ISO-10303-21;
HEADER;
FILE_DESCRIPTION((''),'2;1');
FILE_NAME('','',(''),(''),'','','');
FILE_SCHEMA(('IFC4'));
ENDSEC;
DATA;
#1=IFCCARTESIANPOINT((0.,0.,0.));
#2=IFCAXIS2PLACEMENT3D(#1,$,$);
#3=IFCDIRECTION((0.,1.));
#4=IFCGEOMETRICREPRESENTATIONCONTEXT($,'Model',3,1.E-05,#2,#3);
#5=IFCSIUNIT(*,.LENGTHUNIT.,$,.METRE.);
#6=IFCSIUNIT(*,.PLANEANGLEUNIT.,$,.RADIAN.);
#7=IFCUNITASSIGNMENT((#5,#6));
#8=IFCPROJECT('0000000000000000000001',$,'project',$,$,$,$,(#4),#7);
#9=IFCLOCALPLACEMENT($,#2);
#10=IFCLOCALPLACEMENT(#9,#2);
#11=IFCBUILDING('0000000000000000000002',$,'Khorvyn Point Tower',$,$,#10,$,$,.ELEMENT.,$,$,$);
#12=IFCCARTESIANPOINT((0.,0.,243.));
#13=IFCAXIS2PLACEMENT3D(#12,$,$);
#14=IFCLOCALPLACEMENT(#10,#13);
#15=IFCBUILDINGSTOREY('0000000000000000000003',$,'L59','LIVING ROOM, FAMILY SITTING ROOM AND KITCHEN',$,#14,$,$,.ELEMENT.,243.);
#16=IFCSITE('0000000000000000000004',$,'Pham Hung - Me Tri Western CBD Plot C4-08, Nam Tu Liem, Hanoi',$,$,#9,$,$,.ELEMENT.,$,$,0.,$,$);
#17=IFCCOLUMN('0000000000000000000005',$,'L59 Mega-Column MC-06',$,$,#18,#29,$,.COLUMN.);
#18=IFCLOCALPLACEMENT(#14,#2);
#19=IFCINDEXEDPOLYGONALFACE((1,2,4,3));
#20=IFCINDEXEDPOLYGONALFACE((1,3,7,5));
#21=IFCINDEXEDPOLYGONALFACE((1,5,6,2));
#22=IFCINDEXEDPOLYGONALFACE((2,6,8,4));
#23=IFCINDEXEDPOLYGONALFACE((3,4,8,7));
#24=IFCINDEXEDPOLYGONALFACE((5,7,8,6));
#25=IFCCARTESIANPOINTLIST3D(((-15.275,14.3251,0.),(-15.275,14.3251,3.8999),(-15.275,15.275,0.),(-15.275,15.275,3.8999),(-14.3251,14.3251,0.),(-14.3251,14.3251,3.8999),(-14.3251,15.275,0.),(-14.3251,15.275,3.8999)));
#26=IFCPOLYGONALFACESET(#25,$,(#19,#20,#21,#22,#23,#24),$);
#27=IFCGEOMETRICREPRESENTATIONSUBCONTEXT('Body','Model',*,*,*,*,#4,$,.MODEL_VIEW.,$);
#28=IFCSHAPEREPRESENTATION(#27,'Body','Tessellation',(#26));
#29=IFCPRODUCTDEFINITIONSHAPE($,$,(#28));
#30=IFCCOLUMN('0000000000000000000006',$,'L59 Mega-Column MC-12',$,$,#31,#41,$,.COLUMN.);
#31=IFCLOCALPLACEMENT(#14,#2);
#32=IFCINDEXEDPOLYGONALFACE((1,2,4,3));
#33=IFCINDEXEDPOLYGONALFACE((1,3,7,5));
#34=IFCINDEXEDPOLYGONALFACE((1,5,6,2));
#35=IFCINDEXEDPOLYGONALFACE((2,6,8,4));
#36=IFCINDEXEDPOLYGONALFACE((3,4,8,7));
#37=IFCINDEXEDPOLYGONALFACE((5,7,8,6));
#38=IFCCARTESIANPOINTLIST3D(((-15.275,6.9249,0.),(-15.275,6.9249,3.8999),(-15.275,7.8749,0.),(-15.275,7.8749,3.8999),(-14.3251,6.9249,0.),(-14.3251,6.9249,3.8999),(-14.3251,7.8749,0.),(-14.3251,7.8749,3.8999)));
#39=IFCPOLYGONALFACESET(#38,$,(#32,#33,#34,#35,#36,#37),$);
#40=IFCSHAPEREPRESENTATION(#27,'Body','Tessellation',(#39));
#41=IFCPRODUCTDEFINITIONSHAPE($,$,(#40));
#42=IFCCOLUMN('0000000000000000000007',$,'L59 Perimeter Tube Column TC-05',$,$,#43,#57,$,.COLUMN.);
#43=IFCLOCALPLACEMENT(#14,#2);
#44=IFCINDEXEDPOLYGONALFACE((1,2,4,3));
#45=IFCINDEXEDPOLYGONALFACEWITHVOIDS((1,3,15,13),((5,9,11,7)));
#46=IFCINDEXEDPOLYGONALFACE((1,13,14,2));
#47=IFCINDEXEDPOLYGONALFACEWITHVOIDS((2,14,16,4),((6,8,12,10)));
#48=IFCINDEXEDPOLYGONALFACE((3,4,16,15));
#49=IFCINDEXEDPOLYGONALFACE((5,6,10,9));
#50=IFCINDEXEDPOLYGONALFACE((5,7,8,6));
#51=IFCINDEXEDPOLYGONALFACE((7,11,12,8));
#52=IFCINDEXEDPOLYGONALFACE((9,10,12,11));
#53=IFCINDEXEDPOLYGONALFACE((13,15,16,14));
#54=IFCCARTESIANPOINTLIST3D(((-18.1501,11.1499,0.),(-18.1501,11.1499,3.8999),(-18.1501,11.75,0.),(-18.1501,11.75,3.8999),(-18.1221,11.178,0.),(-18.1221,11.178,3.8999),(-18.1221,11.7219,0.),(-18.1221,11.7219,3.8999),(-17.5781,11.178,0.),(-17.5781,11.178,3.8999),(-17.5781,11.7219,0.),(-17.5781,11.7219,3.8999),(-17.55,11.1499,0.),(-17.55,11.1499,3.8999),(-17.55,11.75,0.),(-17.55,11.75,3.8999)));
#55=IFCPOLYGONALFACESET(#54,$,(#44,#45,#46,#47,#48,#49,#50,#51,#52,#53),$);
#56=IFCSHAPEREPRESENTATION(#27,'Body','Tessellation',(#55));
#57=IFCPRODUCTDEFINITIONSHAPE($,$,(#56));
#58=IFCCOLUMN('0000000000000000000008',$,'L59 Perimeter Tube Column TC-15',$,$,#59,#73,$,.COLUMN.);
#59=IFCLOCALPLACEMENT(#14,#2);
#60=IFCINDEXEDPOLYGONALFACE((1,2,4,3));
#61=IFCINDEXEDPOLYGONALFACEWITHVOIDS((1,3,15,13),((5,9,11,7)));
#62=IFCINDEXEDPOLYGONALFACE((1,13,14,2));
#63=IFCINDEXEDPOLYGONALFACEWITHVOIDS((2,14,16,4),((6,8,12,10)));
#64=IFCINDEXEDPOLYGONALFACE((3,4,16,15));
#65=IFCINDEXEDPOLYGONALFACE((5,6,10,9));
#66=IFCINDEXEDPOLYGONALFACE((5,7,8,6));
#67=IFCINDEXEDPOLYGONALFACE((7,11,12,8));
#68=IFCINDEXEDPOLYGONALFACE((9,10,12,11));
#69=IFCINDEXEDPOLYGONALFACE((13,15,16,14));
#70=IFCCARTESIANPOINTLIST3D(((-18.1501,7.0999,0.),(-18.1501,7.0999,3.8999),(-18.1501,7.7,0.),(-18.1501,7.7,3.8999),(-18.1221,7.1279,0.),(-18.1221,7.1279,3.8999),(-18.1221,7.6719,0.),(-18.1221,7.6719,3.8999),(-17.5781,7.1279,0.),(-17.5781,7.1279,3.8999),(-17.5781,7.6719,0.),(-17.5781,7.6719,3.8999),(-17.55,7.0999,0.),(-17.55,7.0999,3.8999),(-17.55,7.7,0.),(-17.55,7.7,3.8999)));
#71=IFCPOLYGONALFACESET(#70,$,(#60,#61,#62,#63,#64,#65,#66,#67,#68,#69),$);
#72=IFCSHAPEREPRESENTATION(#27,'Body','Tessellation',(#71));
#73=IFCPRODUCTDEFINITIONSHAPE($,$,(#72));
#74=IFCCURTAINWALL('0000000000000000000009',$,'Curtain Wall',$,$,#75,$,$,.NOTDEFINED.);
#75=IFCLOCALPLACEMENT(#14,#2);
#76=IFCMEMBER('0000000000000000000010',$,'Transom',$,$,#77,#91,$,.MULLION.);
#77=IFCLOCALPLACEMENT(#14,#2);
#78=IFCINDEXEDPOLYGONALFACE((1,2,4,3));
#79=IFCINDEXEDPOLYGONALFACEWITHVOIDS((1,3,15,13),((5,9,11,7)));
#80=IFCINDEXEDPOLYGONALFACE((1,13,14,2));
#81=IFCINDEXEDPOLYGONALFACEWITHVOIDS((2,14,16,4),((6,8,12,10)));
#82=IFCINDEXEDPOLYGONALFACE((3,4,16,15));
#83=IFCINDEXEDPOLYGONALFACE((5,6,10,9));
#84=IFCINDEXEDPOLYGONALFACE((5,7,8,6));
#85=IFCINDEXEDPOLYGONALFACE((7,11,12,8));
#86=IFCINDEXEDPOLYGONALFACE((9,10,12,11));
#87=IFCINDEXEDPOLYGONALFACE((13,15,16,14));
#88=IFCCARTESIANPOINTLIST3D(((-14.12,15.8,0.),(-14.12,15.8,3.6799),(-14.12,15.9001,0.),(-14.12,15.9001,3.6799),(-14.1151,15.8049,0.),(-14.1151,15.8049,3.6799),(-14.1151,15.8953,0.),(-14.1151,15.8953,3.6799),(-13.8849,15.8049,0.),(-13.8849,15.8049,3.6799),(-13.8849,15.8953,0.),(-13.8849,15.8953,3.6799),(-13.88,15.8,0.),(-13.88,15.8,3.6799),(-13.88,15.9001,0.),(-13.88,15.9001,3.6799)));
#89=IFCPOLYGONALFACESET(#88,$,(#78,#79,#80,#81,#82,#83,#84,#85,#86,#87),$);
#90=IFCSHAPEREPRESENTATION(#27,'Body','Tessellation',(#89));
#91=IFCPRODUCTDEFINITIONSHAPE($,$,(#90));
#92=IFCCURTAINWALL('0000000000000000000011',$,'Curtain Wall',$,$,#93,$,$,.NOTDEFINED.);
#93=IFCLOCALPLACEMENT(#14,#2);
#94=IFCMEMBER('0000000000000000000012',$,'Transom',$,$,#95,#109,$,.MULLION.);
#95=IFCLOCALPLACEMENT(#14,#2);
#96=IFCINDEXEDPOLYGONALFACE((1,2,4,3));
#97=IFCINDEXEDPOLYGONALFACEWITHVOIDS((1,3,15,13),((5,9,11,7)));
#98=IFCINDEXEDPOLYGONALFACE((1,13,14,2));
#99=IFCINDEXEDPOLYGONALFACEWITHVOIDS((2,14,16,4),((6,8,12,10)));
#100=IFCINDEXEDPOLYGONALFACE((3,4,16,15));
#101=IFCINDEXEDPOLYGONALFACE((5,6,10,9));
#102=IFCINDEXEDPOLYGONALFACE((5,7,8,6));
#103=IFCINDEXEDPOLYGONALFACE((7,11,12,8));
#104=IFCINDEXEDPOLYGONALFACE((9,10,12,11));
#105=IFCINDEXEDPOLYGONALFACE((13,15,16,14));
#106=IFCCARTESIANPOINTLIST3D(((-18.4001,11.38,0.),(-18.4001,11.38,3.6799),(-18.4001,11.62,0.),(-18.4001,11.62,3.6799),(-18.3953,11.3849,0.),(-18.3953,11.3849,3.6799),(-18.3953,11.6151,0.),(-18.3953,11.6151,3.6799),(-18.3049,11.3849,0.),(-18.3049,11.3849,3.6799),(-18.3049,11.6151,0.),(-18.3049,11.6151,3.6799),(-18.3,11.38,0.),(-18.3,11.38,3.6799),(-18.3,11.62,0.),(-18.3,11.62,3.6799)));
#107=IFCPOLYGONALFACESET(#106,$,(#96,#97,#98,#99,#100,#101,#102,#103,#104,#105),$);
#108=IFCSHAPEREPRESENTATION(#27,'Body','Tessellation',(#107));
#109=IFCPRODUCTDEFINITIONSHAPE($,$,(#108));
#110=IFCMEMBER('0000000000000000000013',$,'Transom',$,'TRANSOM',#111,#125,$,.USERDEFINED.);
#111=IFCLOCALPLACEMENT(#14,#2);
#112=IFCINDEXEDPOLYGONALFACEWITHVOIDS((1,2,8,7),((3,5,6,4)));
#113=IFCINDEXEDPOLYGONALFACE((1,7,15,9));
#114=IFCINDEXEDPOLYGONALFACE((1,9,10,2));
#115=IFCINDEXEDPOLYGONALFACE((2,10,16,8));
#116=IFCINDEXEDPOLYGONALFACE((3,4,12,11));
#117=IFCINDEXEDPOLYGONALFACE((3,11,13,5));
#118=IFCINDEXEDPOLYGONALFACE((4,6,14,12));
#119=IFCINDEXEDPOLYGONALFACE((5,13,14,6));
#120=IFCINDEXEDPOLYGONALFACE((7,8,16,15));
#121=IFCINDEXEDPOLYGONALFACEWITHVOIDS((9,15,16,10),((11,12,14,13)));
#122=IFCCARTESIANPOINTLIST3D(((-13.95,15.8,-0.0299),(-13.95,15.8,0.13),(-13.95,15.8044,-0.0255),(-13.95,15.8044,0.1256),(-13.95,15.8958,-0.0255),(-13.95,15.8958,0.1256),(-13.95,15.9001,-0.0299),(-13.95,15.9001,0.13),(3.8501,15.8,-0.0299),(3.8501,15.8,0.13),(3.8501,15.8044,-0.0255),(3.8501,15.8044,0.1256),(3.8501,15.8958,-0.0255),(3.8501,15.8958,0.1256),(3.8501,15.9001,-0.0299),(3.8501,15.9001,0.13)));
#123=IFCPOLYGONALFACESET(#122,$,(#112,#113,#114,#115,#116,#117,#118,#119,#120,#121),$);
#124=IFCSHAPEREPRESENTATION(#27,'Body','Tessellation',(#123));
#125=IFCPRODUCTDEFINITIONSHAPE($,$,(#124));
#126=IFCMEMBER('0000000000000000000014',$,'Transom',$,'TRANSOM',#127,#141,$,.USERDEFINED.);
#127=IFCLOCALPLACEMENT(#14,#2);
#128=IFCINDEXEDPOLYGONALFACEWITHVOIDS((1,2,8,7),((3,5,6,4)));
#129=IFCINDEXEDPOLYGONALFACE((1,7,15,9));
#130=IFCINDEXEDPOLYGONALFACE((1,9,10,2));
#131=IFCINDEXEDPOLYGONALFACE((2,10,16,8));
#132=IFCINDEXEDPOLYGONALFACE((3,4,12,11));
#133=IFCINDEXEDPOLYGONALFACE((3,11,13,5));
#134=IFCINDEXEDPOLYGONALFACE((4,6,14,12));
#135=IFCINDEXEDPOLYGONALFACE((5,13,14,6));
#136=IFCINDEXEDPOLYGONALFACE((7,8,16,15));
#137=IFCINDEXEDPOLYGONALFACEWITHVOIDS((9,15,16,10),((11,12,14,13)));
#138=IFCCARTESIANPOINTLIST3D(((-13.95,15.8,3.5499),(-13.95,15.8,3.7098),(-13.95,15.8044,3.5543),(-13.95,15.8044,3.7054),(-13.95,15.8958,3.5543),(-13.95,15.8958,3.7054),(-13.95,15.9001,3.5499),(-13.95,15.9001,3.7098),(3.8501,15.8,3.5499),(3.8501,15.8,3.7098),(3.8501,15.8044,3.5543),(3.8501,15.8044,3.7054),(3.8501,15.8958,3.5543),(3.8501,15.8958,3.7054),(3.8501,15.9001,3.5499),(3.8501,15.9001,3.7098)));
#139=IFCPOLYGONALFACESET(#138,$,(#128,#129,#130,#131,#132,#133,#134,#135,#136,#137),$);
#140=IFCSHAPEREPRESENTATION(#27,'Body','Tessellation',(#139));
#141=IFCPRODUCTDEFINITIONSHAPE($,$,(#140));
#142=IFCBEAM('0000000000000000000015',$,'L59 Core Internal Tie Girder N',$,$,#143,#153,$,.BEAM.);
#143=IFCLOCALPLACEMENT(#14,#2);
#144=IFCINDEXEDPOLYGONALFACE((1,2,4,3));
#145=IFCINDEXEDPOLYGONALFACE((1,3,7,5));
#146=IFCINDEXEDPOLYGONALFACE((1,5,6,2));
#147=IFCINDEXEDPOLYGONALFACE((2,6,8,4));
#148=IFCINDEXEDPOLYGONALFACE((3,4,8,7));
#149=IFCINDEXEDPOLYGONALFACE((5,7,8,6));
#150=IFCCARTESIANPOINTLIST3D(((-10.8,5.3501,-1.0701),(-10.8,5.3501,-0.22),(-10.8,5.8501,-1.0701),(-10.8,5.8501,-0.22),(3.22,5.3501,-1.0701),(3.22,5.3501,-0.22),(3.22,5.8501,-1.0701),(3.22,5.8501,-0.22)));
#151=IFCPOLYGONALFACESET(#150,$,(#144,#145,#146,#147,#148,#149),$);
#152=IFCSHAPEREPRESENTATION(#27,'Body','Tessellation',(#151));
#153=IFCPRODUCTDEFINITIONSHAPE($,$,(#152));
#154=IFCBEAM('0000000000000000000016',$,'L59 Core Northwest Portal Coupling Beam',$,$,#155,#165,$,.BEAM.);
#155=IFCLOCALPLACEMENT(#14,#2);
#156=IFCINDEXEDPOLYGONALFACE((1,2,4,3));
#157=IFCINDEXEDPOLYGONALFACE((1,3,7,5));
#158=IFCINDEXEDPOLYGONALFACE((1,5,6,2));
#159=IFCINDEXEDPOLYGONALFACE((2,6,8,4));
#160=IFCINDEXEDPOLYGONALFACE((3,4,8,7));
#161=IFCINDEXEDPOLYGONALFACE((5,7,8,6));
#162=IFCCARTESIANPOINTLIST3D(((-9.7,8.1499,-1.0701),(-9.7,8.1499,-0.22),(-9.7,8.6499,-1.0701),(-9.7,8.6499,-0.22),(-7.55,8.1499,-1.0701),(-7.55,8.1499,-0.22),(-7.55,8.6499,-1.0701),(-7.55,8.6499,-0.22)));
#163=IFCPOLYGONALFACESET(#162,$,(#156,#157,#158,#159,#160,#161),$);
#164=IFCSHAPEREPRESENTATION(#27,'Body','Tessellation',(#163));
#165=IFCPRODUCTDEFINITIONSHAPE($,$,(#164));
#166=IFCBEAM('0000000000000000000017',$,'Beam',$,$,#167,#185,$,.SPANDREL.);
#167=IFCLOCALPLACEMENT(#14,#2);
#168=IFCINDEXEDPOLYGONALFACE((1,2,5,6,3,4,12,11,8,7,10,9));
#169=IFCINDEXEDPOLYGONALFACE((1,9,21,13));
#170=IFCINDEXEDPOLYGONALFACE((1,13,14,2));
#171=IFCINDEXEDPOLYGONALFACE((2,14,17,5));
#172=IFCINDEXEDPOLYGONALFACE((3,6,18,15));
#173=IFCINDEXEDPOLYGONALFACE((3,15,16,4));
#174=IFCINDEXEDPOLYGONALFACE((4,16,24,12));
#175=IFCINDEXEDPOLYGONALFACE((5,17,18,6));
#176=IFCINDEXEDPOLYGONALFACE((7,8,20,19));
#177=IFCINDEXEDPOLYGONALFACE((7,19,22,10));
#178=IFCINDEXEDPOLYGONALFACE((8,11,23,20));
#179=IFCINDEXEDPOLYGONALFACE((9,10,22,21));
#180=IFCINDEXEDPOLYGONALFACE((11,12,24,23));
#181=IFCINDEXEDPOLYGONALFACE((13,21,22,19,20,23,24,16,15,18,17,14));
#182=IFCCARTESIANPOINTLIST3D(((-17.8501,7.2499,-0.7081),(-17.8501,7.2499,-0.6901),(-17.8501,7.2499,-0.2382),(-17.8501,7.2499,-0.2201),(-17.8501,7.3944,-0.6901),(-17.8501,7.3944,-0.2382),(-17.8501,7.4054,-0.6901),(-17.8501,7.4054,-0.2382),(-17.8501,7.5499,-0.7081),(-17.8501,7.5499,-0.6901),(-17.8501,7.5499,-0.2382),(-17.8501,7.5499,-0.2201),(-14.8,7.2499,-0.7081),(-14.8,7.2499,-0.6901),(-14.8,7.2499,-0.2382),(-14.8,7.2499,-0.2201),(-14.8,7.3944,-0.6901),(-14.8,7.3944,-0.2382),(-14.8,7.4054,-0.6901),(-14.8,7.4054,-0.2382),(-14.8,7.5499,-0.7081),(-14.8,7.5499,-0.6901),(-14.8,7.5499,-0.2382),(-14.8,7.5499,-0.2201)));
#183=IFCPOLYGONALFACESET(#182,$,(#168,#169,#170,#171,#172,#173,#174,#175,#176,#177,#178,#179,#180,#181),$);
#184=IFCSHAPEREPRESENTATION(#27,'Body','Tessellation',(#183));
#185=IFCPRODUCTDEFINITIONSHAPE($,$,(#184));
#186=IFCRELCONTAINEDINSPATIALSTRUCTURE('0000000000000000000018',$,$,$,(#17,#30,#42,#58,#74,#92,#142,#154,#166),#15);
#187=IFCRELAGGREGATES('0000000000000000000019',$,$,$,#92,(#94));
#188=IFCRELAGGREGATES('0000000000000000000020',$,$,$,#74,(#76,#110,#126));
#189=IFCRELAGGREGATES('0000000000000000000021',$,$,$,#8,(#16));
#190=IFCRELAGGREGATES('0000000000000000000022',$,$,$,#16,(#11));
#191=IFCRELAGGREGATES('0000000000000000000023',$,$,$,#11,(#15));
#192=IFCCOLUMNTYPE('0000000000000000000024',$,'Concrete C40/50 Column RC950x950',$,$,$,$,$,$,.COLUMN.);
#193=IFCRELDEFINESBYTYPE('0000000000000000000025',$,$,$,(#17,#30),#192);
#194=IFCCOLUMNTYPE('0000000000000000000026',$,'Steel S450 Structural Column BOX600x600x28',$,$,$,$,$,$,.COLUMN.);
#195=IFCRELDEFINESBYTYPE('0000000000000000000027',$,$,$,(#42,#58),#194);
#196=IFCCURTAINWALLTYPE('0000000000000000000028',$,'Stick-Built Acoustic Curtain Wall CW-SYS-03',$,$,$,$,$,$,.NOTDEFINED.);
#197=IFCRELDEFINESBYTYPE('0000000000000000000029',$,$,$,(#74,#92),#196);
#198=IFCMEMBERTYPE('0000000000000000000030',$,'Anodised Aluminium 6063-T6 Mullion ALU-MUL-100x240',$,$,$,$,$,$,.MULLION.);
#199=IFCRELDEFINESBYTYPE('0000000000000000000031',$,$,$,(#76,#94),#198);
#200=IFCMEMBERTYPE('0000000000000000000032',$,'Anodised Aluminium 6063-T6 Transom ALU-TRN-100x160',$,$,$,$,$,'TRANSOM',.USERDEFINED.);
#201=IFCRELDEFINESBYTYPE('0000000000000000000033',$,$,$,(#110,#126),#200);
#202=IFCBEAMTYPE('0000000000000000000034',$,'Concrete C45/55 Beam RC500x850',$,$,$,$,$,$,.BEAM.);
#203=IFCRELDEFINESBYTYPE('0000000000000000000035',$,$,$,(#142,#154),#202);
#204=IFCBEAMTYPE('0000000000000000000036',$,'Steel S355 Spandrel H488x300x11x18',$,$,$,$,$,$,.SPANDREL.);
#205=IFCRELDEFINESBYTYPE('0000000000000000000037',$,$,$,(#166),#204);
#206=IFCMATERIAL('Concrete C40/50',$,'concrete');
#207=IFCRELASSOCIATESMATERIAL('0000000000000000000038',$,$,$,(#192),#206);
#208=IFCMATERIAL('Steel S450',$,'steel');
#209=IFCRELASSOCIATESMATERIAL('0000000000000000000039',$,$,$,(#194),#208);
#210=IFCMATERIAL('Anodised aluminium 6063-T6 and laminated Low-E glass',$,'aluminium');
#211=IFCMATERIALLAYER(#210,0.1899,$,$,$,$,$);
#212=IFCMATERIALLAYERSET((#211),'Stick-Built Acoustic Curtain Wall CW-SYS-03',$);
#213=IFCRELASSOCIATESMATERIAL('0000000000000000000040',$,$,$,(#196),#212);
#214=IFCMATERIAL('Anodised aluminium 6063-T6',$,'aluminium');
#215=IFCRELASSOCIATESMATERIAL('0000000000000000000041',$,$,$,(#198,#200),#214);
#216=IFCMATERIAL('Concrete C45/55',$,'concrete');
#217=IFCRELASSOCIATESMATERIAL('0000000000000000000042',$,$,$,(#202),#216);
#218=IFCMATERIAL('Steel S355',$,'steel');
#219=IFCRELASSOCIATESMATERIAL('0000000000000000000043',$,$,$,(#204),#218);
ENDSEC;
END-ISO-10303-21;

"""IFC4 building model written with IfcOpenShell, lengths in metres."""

from ifc_helpers import new_model, si_unit, direction, frame, origin, origin_2d, place, context, subcontext, project, spatial, rectangle, hollow_rectangle, i_section, extrude, material, layer, layer_set, material_profile, profile_set, type_object, element, aggregate, save


model = new_model("IFC4")

# Units and contexts
model_context = context("Model", 3, precision=1e-05, world=origin(), true_north=direction((0.0, 1.0)))
body_context = subcontext(model_context, "Body", "Model", "MODEL_VIEW")
ifc_project = project(units=[si_unit("LENGTHUNIT", "METRE"), si_unit("PLANEANGLEUNIT", "RADIAN")], contexts=[model_context])

# Site, building, storey
site_placement = place(None, origin())
site = spatial("IfcSite", under=ifc_project, at=site_placement, Name="Pham Hung - Me Tri Western CBD Plot C4-08, Nam Tu Liem, Hanoi", CompositionType="ELEMENT", RefElevation=0.0)
building_placement = place(site_placement, origin())
building = spatial("IfcBuilding", under=site, at=building_placement, Name="Khorvyn Point Tower", CompositionType="ELEMENT")
storey_placement = place(building_placement, frame((0.0, 0.0, 243.0)))
storey = spatial("IfcBuildingStorey", under=building, at=storey_placement, Name="L59", Description="LIVING ROOM, FAMILY SITTING ROOM AND KITCHEN", CompositionType="ELEMENT", Elevation=243.0)

# Columns
ifc_material_1 = material(Name="Concrete C40/50", Category="concrete")
ifc_material_profile_1 = material_profile(ifc_material_1, rectangle(XDim=0.95, YDim=0.95, at=origin_2d()))
ifc_profile_set_1 = profile_set([ifc_material_profile_1], Name="Concrete C40/50 RC950x950")
column_type_1 = type_object("IfcColumnType", Name="Concrete C40/50 Column RC950x950", PredefinedType="COLUMN", material=ifc_profile_set_1)
for number, where, z_axis, x_axis, name in (
    (1, (-14.8, 14.8, 0.0), (0.0, 0.0, 1.0), (1.0, 0.0, 0.0), "L59 Mega-Column MC-06"),
    (2, (-14.8, 7.3999, 0.0), (0.0, 0.0, 1.0), (1.0, 0.0, 0.0), "L59 Mega-Column MC-12"),
):
    element("IfcColumn", number, at=place(storey_placement, frame(where, z_axis=z_axis, x_axis=x_axis)), inside=storey, type_object=column_type_1, Name=name, PredefinedType="COLUMN", context=body_context, shape_type="SweptSolid", body=[
        extrude(rectangle(XDim=0.95, YDim=0.95, at=origin_2d()), origin(), (0.0, 0.0, 1.0), 3.8999),
    ])
ifc_material_2 = material(Name="Steel S450", Category="steel")
ifc_material_profile_2 = material_profile(ifc_material_2, hollow_rectangle(XDim=0.6001, YDim=0.6001, WallThickness=0.0281, at=origin_2d()))
ifc_profile_set_2 = profile_set([ifc_material_profile_2], Name="Steel S450 BOX600x600x28")
column_type_2 = type_object("IfcColumnType", Name="Steel S450 Structural Column BOX600x600x28", PredefinedType="COLUMN", material=ifc_profile_set_2)
for number, where, z_axis, x_axis, name in (
    (3, (-17.8501, 11.45, 0.0), (0.0, 0.0, 1.0), (1.0, 0.0, 0.0), "L59 Perimeter Tube Column TC-05"),
    (4, (-17.8501, 7.3999, 0.0), (0.0, 0.0, 1.0), (1.0, 0.0, 0.0), "L59 Perimeter Tube Column TC-15"),
):
    element("IfcColumn", number, at=place(storey_placement, frame(where, z_axis=z_axis, x_axis=x_axis)), inside=storey, type_object=column_type_2, Name=name, PredefinedType="COLUMN", context=body_context, shape_type="SweptSolid", body=[
        extrude(hollow_rectangle(XDim=0.6001, YDim=0.6001, WallThickness=0.0281, at=origin_2d()), origin(), (0.0, 0.0, 1.0), 3.8999),
    ])

# Curtain walls, members
ifc_material_3 = material(Name="Anodised aluminium 6063-T6 and laminated Low-E glass", Category="aluminium")
ifc_layer_1 = layer(ifc_material_3, 0.1899)
ifc_layer_set_1 = layer_set([ifc_layer_1], Name="Stick-Built Acoustic Curtain Wall CW-SYS-03")
curtain_wall_type = type_object("IfcCurtainWallType", Name="Stick-Built Acoustic Curtain Wall CW-SYS-03", PredefinedType="NOTDEFINED", material=ifc_layer_set_1)
curtain_wall_1_placement = place(storey_placement, origin())
curtain_wall_1 = element("IfcCurtainWall", 5, at=curtain_wall_1_placement, inside=storey, type_object=curtain_wall_type, Name="Curtain Wall", PredefinedType="NOTDEFINED")
ifc_material_4 = material(Name="Anodised aluminium 6063-T6", Category="aluminium")
ifc_material_profile_3 = material_profile(ifc_material_4, hollow_rectangle(XDim=0.1001, YDim=0.24, WallThickness=0.0049, at=origin_2d()))
ifc_profile_set_3 = profile_set([ifc_material_profile_3], Name="Anodised aluminium 6063-T6 ALU-MUL-100x240")
member_type_1 = type_object("IfcMemberType", Name="Anodised Aluminium 6063-T6 Mullion ALU-MUL-100x240", PredefinedType="MULLION", material=ifc_profile_set_3)
member_1_placement = place(storey_placement, frame((-14.0, 15.8501, 0.0), z_axis=(0.0, 0.0, 1.0), x_axis=(0.0, 1.0, 0.0)))
member_1 = element("IfcMember", 6, at=member_1_placement, type_object=member_type_1, Name="Transom", PredefinedType="MULLION", context=body_context, shape_type="SweptSolid", body=[
    extrude(hollow_rectangle(XDim=0.1001, YDim=0.24, WallThickness=0.0049, at=origin_2d()), origin(), (0.0, 0.0, 1.0), 3.6799),
])
curtain_wall_2_placement = place(storey_placement, origin())
curtain_wall_2 = element("IfcCurtainWall", 7, at=curtain_wall_2_placement, inside=storey, type_object=curtain_wall_type, Name="Curtain Wall", PredefinedType="NOTDEFINED")
member_2_placement = place(storey_placement, frame((-18.3501, 11.5, 0.0), z_axis=(0.0, 0.0, 1.0), x_axis=(-1.0, 0.0, 0.0)))
member_2 = element("IfcMember", 8, at=member_2_placement, type_object=member_type_1, Name="Transom", PredefinedType="MULLION", context=body_context, shape_type="SweptSolid", body=[
    extrude(hollow_rectangle(XDim=0.1001, YDim=0.24, WallThickness=0.0049, at=origin_2d()), origin(), (0.0, 0.0, 1.0), 3.6799),
])
aggregate(curtain_wall_2, [member_2])

# Members
ifc_material_profile_4 = material_profile(ifc_material_4, hollow_rectangle(XDim=0.1001, YDim=0.1599, WallThickness=0.0044, at=origin_2d()))
ifc_profile_set_4 = profile_set([ifc_material_profile_4], Name="Anodised aluminium 6063-T6 ALU-TRN-100x160")
member_type_2 = type_object("IfcMemberType", Name="Anodised Aluminium 6063-T6 Transom ALU-TRN-100x160", ElementType="TRANSOM", PredefinedType="USERDEFINED", material=ifc_profile_set_4)
member_3_placement = place(storey_placement, frame((-13.95, 15.8501, 0.05), z_axis=(1.0, 0.0, 0.0), x_axis=(0.0, 1.0, 0.0)))
member_3 = element("IfcMember", 9, at=member_3_placement, type_object=member_type_2, Name="Transom", ObjectType="TRANSOM", PredefinedType="USERDEFINED", context=body_context, shape_type="SweptSolid", body=[
    extrude(hollow_rectangle(XDim=0.1001, YDim=0.1599, WallThickness=0.0044, at=origin_2d()), origin(), (0.0, 0.0, 1.0), 17.8),
])
member_4_placement = place(storey_placement, frame((-13.95, 15.8501, 3.6299), z_axis=(1.0, 0.0, 0.0), x_axis=(0.0, 1.0, 0.0)))
member_4 = element("IfcMember", 10, at=member_4_placement, type_object=member_type_2, Name="Transom", ObjectType="TRANSOM", PredefinedType="USERDEFINED", context=body_context, shape_type="SweptSolid", body=[
    extrude(hollow_rectangle(XDim=0.1001, YDim=0.1599, WallThickness=0.0044, at=origin_2d()), origin(), (0.0, 0.0, 1.0), 17.8),
])
aggregate(curtain_wall_1, [member_1, member_3, member_4])

# Beams
ifc_material_5 = material(Name="Concrete C45/55", Category="concrete")
ifc_material_profile_5 = material_profile(ifc_material_5, rectangle(XDim=0.5, YDim=0.8501, at=origin_2d()))
ifc_profile_set_5 = profile_set([ifc_material_profile_5], Name="Concrete C45/55 RC500x850")
beam_type_1 = type_object("IfcBeamType", Name="Concrete C45/55 Beam RC500x850", PredefinedType="BEAM", material=ifc_profile_set_5)
beam_1_placement = place(storey_placement, frame((-10.8, 5.6001, -0.645), z_axis=(1.0, 0.0, 0.0), x_axis=(0.0, 1.0, 0.0)))
element("IfcBeam", 11, at=beam_1_placement, inside=storey, type_object=beam_type_1, Name="L59 Core Internal Tie Girder N", PredefinedType="BEAM", context=body_context, shape_type="SweptSolid", body=[
    extrude(rectangle(XDim=0.5, YDim=0.8501, at=origin_2d()), origin(), (0.0, 0.0, 1.0), 14.02),
])
beam_2_placement = place(storey_placement, frame((-9.7, 8.3999, -0.645), z_axis=(1.0, 0.0, 0.0), x_axis=(0.0, 1.0, 0.0)))
element("IfcBeam", 12, at=beam_2_placement, inside=storey, type_object=beam_type_1, Name="L59 Core Northwest Portal Coupling Beam", PredefinedType="BEAM", context=body_context, shape_type="SweptSolid", body=[
    extrude(rectangle(XDim=0.5, YDim=0.8501, at=origin_2d()), origin(), (0.0, 0.0, 1.0), 2.1499),
])
ifc_material_6 = material(Name="Steel S355", Category="steel")
ifc_material_profile_6 = material_profile(ifc_material_6, i_section(OverallWidth=0.3, OverallDepth=0.488, WebThickness=0.011, FlangeThickness=0.0181, at=origin_2d()))
ifc_profile_set_6 = profile_set([ifc_material_profile_6], Name="Steel S355 H488x300x11x18")
beam_type_2 = type_object("IfcBeamType", Name="Steel S355 Spandrel H488x300x11x18", PredefinedType="SPANDREL", material=ifc_profile_set_6)
beam_3_placement = place(storey_placement, frame((-17.8501, 7.3999, -0.4641), z_axis=(1.0, 0.0, 0.0), x_axis=(0.0, 1.0, 0.0)))
element("IfcBeam", 13, at=beam_3_placement, inside=storey, type_object=beam_type_2, Name="Beam", PredefinedType="SPANDREL", context=body_context, shape_type="SweptSolid", body=[
    extrude(i_section(OverallWidth=0.3, OverallDepth=0.488, WebThickness=0.011, FlangeThickness=0.0181, at=origin_2d()), origin(), (0.0, 0.0, 1.0), 3.05),
])

save(model, "model.ifc")
